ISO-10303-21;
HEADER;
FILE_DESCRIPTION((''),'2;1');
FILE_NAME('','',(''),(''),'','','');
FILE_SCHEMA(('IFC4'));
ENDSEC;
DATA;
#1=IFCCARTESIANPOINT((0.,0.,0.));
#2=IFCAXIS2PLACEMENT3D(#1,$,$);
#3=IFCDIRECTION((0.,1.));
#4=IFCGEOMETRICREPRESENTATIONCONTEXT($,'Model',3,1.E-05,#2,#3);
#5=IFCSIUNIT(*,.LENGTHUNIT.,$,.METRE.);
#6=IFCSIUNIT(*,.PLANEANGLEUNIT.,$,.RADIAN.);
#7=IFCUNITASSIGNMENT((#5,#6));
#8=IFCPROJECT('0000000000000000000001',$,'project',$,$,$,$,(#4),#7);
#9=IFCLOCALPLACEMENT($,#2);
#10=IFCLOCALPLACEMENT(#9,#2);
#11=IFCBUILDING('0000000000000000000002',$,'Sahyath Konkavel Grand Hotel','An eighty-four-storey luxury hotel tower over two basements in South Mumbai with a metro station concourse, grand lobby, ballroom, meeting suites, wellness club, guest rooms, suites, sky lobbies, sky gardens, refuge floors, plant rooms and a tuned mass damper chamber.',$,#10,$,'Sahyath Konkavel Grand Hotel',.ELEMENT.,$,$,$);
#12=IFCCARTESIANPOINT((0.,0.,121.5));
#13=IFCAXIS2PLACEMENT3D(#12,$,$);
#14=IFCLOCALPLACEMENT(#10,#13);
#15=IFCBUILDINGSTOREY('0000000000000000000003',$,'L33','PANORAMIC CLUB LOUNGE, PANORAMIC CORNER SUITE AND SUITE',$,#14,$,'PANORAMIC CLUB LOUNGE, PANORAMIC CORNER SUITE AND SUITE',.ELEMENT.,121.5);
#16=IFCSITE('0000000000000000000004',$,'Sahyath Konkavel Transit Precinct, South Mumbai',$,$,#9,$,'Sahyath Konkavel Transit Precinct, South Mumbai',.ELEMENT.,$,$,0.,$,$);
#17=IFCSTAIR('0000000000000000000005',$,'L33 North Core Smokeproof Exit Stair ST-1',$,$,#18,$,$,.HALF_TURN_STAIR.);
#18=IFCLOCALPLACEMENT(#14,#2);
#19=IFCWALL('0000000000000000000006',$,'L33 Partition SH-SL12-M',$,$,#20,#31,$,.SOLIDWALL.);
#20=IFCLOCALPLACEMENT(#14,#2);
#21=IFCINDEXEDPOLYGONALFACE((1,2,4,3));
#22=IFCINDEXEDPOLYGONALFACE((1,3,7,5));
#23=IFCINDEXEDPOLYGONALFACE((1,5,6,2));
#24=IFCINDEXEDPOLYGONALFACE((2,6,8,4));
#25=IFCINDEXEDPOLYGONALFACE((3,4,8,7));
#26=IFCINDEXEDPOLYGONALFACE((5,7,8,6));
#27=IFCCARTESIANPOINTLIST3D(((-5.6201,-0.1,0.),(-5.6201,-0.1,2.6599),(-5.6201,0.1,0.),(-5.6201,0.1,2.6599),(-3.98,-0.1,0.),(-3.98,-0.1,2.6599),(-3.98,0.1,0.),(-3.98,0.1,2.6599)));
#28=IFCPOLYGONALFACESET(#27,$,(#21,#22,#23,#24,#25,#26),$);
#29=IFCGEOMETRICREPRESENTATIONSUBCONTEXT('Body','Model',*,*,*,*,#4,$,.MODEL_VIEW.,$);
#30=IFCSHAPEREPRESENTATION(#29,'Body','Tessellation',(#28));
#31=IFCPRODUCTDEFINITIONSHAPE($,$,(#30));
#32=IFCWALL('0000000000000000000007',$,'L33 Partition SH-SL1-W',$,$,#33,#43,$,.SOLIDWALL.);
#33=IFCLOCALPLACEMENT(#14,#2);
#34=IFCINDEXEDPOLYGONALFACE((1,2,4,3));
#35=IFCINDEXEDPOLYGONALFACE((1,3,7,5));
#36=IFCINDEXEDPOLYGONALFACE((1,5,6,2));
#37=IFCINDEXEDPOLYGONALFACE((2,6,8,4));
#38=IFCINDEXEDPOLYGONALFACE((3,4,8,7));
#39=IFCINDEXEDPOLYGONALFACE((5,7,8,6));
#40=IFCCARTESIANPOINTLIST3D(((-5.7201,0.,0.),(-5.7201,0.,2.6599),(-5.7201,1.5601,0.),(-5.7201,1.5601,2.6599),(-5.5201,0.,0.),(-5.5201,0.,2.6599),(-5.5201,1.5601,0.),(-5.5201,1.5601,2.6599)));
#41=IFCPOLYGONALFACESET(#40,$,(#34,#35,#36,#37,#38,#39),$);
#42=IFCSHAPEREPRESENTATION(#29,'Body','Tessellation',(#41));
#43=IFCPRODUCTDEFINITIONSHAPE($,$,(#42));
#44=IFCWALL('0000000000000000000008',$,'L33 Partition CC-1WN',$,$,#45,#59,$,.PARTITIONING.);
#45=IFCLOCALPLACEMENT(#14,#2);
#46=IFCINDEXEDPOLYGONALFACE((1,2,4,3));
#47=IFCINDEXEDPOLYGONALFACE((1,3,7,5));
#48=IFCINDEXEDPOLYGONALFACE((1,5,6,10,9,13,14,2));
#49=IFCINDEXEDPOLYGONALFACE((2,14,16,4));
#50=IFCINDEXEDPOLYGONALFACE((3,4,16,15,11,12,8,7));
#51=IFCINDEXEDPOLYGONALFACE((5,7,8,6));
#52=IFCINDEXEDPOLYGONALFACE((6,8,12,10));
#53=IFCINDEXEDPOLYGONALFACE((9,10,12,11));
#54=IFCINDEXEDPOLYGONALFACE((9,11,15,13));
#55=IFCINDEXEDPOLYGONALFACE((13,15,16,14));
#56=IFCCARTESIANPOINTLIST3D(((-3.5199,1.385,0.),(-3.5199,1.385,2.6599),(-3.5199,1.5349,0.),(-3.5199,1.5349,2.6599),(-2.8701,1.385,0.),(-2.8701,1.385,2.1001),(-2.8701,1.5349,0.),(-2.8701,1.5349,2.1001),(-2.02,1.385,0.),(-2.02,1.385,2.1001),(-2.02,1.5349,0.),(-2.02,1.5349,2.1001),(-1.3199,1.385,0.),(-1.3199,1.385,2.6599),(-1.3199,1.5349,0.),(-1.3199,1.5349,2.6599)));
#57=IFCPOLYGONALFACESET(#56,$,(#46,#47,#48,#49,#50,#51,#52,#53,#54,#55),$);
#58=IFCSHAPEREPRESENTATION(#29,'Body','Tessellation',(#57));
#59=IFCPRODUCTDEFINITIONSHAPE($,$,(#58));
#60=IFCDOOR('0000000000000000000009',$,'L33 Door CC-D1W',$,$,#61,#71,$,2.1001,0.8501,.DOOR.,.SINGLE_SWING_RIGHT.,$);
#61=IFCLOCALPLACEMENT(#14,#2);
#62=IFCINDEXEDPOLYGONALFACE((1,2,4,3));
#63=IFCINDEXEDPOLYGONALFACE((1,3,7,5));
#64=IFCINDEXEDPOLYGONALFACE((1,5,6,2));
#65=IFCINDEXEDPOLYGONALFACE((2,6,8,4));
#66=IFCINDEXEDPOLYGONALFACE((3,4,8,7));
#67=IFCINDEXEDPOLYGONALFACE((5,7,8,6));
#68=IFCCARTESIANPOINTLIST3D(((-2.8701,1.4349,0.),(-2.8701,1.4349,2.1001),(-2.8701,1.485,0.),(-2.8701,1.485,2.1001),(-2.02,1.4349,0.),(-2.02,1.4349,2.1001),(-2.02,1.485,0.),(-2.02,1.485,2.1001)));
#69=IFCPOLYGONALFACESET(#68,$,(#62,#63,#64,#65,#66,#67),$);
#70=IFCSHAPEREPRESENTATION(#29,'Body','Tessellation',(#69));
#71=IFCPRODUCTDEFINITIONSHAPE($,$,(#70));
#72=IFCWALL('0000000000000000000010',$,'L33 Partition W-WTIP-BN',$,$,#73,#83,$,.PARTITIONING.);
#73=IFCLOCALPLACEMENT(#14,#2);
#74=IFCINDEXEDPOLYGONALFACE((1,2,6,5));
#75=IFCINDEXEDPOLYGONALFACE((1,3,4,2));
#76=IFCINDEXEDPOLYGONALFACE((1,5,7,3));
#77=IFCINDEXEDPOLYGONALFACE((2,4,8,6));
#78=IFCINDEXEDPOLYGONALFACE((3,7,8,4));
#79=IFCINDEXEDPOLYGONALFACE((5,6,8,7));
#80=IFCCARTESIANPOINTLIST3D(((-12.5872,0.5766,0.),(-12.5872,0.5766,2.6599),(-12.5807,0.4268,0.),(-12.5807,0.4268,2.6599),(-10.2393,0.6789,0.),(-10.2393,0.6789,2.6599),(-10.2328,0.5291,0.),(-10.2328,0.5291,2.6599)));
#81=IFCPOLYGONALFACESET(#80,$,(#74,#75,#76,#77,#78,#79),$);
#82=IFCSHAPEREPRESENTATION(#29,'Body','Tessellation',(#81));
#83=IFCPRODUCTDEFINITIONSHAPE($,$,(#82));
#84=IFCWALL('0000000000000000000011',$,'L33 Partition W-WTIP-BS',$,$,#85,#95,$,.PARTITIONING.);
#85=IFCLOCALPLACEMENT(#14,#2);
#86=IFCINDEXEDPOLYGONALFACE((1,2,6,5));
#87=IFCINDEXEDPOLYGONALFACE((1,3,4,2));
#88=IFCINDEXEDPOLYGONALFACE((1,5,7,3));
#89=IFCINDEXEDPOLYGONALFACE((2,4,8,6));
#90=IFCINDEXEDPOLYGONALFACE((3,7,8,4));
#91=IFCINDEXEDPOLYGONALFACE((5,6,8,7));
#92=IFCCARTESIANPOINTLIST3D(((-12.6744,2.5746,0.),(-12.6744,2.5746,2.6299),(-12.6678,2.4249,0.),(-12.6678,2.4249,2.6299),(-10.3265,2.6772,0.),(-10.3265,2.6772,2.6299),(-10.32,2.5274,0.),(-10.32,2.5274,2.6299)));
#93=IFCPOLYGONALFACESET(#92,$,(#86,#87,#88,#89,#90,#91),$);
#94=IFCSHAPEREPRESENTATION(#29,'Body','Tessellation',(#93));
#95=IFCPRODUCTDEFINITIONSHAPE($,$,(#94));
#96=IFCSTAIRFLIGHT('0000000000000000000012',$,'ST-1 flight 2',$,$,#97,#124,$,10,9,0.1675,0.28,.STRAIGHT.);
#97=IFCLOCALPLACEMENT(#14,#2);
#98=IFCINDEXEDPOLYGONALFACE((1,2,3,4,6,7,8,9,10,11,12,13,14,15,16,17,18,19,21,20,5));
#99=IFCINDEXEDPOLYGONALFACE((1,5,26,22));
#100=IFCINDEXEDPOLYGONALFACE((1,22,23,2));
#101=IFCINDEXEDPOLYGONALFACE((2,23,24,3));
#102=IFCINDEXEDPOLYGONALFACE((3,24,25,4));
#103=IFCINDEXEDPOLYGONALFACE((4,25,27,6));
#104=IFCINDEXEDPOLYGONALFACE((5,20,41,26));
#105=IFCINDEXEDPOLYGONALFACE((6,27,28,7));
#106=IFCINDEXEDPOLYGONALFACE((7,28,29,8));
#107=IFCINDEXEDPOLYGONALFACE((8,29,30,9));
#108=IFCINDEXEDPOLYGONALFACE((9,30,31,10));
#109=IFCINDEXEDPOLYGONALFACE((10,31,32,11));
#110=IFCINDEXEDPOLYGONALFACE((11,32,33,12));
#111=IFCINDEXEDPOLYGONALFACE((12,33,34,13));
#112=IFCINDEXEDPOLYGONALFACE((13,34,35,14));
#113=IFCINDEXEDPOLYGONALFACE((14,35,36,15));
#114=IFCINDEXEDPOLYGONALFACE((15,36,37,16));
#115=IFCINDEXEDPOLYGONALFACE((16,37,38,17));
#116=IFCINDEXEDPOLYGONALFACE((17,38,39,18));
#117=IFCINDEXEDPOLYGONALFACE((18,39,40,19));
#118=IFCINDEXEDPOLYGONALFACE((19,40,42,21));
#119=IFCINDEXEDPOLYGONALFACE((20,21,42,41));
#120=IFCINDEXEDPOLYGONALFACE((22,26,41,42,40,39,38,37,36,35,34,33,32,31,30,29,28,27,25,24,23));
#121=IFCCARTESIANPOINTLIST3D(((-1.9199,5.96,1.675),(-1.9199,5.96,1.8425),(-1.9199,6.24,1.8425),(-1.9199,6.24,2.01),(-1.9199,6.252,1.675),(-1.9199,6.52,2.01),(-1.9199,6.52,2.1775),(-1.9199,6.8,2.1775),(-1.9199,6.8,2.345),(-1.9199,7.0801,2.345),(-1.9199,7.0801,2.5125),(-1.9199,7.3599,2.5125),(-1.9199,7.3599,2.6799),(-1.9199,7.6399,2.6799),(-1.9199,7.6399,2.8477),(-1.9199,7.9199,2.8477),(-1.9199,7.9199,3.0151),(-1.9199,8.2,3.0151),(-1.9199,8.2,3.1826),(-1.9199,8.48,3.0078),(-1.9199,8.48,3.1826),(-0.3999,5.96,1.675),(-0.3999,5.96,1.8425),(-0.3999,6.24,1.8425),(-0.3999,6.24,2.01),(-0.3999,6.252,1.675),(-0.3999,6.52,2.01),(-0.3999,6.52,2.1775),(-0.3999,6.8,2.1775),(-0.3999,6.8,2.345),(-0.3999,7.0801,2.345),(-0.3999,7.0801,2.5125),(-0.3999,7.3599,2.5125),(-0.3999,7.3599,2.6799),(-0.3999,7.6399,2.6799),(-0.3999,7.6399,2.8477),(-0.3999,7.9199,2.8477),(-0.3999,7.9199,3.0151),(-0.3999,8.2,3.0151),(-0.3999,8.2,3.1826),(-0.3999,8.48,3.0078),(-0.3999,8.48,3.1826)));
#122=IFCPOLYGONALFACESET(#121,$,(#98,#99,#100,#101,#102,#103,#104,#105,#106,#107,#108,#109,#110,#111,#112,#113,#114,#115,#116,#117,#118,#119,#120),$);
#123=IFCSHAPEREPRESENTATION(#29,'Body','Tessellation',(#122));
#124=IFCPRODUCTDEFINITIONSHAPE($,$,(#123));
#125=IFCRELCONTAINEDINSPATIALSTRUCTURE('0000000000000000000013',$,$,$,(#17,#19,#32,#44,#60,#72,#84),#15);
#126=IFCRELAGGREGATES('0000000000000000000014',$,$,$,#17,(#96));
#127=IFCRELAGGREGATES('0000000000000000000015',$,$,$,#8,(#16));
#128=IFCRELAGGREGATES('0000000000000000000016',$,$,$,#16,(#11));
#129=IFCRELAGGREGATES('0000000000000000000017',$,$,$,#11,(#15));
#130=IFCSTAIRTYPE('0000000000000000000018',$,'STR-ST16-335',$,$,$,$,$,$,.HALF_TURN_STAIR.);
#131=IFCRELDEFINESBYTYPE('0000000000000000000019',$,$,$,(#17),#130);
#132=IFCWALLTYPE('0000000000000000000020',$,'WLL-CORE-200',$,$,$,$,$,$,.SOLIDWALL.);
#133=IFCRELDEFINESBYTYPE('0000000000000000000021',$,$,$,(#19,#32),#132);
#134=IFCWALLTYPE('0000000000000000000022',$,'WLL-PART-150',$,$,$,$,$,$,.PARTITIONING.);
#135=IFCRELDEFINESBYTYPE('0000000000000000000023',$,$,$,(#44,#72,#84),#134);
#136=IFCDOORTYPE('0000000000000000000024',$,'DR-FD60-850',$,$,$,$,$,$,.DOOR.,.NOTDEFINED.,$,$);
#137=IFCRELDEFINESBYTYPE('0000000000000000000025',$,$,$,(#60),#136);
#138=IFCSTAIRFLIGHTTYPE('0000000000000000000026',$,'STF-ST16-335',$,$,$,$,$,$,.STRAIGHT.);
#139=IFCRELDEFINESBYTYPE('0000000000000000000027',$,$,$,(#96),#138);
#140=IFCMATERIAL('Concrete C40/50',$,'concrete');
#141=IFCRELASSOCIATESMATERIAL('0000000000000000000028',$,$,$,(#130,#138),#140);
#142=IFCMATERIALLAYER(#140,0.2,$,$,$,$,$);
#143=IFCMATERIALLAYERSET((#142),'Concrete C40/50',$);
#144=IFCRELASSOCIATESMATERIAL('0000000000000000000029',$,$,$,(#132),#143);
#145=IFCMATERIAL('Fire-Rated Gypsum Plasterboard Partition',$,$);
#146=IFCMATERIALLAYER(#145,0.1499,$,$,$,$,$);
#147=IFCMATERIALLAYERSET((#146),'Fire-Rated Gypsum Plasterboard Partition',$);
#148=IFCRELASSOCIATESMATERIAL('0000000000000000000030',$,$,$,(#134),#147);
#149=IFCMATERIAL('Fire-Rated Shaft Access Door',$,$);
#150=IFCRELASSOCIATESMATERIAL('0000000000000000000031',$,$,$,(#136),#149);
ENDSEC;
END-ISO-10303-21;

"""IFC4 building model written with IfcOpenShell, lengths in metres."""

from ifc_helpers import new_model, si_unit, direction, frame, frame_2d, origin, origin_2d, place, context, subcontext, project, spatial, polyline, rectangle, outline, extrude, source, transform, mapped, material, layer, layer_set, type_object, element, fill, aggregate, save


model = new_model("IFC4")

# Units and contexts
model_context = context("Model", 3, precision=1e-05, world=origin(), true_north=direction((0.0, 1.0)))
body_context = subcontext(model_context, "Body", "Model", "MODEL_VIEW")
ifc_project = project(units=[si_unit("LENGTHUNIT", "METRE"), si_unit("PLANEANGLEUNIT", "RADIAN")], contexts=[model_context])

# Site, building, storey
site_placement = place(None, origin())
site = spatial("IfcSite", under=ifc_project, at=site_placement, Name="Sahyath Konkavel Transit Precinct, South Mumbai", LongName="Sahyath Konkavel Transit Precinct, South Mumbai", CompositionType="ELEMENT", RefElevation=0.0)
building_placement = place(site_placement, origin())
building = spatial("IfcBuilding", under=site, at=building_placement, Name="Sahyath Konkavel Grand Hotel", Description="An eighty-four-storey luxury hotel tower over two basements in South Mumbai with a metro station concourse, grand lobby, ballroom, meeting suites, wellness club, guest rooms, suites, sky lobbies, sky gardens, refuge floors, plant rooms and a tuned mass damper chamber.", LongName="Sahyath Konkavel Grand Hotel", CompositionType="ELEMENT")
storey_placement = place(building_placement, frame((0.0, 0.0, 121.5)))
storey = spatial("IfcBuildingStorey", under=building, at=storey_placement, Name="L33", Description="PANORAMIC CLUB LOUNGE, PANORAMIC CORNER SUITE AND SUITE", LongName="PANORAMIC CLUB LOUNGE, PANORAMIC CORNER SUITE AND SUITE", CompositionType="ELEMENT", Elevation=121.5)

# Shared definitions
ifc_material_1 = material(Name="Concrete C40/50", Category="concrete")

# Stair
stair_type = type_object("IfcStairType", Name="STR-ST16-335", PredefinedType="HALF_TURN_STAIR", material=ifc_material_1)
stair_1_placement = place(storey_placement, origin())
stair_1 = element("IfcStair", 1, at=stair_1_placement, inside=storey, type_object=stair_type, Name="L33 North Core Smokeproof Exit Stair ST-1", PredefinedType="HALF_TURN_STAIR")

# Walls
ifc_layer_1 = layer(ifc_material_1, 0.2)
ifc_layer_set_1 = layer_set([ifc_layer_1], Name="Concrete C40/50")
wall_type_1 = type_object("IfcWallType", Name="WLL-CORE-200", PredefinedType="SOLIDWALL", material=ifc_layer_set_1)
for number, where, z_axis, x_axis, name in (
    (2, (-5.6201, 0.0, 0.0), (0.0, 0.0, 1.0), (1.0, 0.0, 0.0), "L33 Partition SH-SL12-M"),
):
    element("IfcWall", number, at=place(storey_placement, frame(where, z_axis=z_axis, x_axis=x_axis)), inside=storey, type_object=wall_type_1, Name=name, PredefinedType="SOLIDWALL", context=body_context, shape_type="SweptSolid", body=[
        extrude(rectangle(XDim=1.6401, YDim=0.2, at=frame_2d((0.8201, 0.0))), origin(), (0.0, 0.0, 1.0), 2.6599),
    ])
wall_1_placement = place(storey_placement, frame((-5.6201, 0.0, 0.0), z_axis=(0.0, 0.0, 1.0), x_axis=(0.0, 1.0, 0.0)))
element("IfcWall", 3, at=wall_1_placement, inside=storey, type_object=wall_type_1, Name="L33 Partition SH-SL1-W", PredefinedType="SOLIDWALL", context=body_context, shape_type="SweptSolid", body=[
    extrude(rectangle(XDim=1.5601, YDim=0.2, at=frame_2d((0.78, 0.0))), origin(), (0.0, 0.0, 1.0), 2.6599),
])

# Wall, opening, door
ifc_material_2 = material(Name="Fire-Rated Gypsum Plasterboard Partition")
ifc_layer_2 = layer(ifc_material_2, 0.1499)
ifc_layer_set_2 = layer_set([ifc_layer_2], Name="Fire-Rated Gypsum Plasterboard Partition")
wall_type_2 = type_object("IfcWallType", Name="WLL-PART-150", PredefinedType="PARTITIONING", material=ifc_layer_set_2)
wall_2_placement = place(storey_placement, frame((-3.52, 1.46, 0.0), z_axis=(0.0, 0.0, 1.0), x_axis=(1.0, 0.0, 0.0)))
wall_2 = element("IfcWall", 4, at=wall_2_placement, inside=storey, type_object=wall_type_2, Name="L33 Partition CC-1WN", PredefinedType="PARTITIONING", context=body_context, shape_type="SweptSolid", body=[
    extrude(rectangle(XDim=2.2, YDim=0.1499, at=frame_2d((1.1001, 0.0))), origin(), (0.0, 0.0, 1.0), 2.6599),
])
opening_placement = place(wall_2_placement, frame((0.6499, 0.0, 0.0)))
opening = element("IfcOpeningElement", 5, at=opening_placement, cuts=wall_2, PredefinedType="OPENING", context=body_context, shape_type="SweptSolid", body=[
    extrude(rectangle(XDim=0.8501, YDim=2.1001, at=frame_2d((0.425, 1.05))), frame((0.0, 0.085, 0.0), z_axis=(0.0, -1.0, 0.0), x_axis=(1.0, 0.0, 0.0)), (0.0, 0.0, 1.0), 0.1699),
])
ifc_material_3 = material(Name="Fire-Rated Shaft Access Door")
door_type = type_object("IfcDoorType", Name="DR-FD60-850", OperationType="NOTDEFINED", PredefinedType="DOOR", material=ifc_material_3)
shared_shape_1 = source(origin(), body_context, "Body", "SweptSolid", [
    extrude(rectangle(XDim=0.8501, YDim=0.05, at=origin_2d()), origin(), (0.0, 0.0, 1.0), 2.1001),
])
door_placement = place(opening_placement, frame((0.425, 0.0, 0.0)))
door = element("IfcDoor", 6, at=door_placement, inside=storey, type_object=door_type, Name="L33 Door CC-D1W", OperationType="SINGLE_SWING_RIGHT", OverallHeight=2.1001, OverallWidth=0.8501, PredefinedType="DOOR", context=body_context, shape_type="MappedRepresentation", body=[
    mapped(shared_shape_1, transform((0.0, 0.0, 0.0), scale=1.0)),
])
fill(opening, door)

# Walls
wall_3_placement = place(storey_placement, frame((-10.2361, 0.604, 0.0), z_axis=(0.0, 0.0, 1.0), x_axis=(-0.999052, -0.043527, 0.0)))
element("IfcWall", 7, at=wall_3_placement, inside=storey, type_object=wall_type_2, Name="L33 Partition W-WTIP-BN", PredefinedType="PARTITIONING", context=body_context, shape_type="SweptSolid", body=[
    extrude(rectangle(XDim=2.3501, YDim=0.1499, at=frame_2d((1.175, 0.0))), origin(), (0.0, 0.0, 1.0), 2.6599),
])
wall_4_placement = place(storey_placement, frame((-10.3232, 2.6023, 0.0), z_axis=(0.0, 0.0, 1.0), x_axis=(-0.999048, -0.043631, 0.0)))
element("IfcWall", 8, at=wall_4_placement, inside=storey, type_object=wall_type_2, Name="L33 Partition W-WTIP-BS", PredefinedType="PARTITIONING", context=body_context, shape_type="SweptSolid", body=[
    extrude(rectangle(XDim=2.3501, YDim=0.1499, at=frame_2d((1.175, 0.0))), origin(), (0.0, 0.0, 1.0), 2.6299),
])

# Stair flight
stair_flight_type = type_object("IfcStairFlightType", Name="STF-ST16-335", PredefinedType="STRAIGHT", material=ifc_material_1)
stair_flight_placement = place(storey_placement, frame((-1.1599, 5.96, 1.675), z_axis=(0.0, 0.0, 1.0), x_axis=(0.0, 1.0, 0.0)))
stair_flight = element("IfcStairFlight", 9, at=stair_flight_placement, type_object=stair_flight_type, Name="ST-1 flight 2", NumberOfRisers=10, NumberOfTreads=9, PredefinedType="STRAIGHT", RiserHeight=0.1675, TreadLength=0.28, context=body_context, shape_type="SweptSolid", body=[
    extrude(outline(polyline([(0.0, 0.0), (0.0, 0.1675), (0.28, 0.1675), (0.28, 0.335), (0.5601, 0.335), (0.5601, 0.5024), (0.8401, 0.5024), (0.8401, 0.6699), (1.1201, 0.6699), (1.1201, 0.8374), (1.3999, 0.8374), (1.3999, 1.0049), (1.6799, 1.0049), (1.6799, 1.1726), (1.96, 1.1726), (1.96, 1.3401), (2.24, 1.3401), (2.24, 1.5076), (2.52, 1.5076), (2.52, 1.675), (2.52, 1.3328), (0.292, 0.0), (0.0, 0.0)])), frame((0.0, 0.76, 0.0), z_axis=(0.0, -1.0, 0.0), x_axis=(1.0, 0.0, 0.0)), (0.0, 0.0, 1.0), 1.52),
])
aggregate(stair_1, [stair_flight])

save(model, "model.ifc")
